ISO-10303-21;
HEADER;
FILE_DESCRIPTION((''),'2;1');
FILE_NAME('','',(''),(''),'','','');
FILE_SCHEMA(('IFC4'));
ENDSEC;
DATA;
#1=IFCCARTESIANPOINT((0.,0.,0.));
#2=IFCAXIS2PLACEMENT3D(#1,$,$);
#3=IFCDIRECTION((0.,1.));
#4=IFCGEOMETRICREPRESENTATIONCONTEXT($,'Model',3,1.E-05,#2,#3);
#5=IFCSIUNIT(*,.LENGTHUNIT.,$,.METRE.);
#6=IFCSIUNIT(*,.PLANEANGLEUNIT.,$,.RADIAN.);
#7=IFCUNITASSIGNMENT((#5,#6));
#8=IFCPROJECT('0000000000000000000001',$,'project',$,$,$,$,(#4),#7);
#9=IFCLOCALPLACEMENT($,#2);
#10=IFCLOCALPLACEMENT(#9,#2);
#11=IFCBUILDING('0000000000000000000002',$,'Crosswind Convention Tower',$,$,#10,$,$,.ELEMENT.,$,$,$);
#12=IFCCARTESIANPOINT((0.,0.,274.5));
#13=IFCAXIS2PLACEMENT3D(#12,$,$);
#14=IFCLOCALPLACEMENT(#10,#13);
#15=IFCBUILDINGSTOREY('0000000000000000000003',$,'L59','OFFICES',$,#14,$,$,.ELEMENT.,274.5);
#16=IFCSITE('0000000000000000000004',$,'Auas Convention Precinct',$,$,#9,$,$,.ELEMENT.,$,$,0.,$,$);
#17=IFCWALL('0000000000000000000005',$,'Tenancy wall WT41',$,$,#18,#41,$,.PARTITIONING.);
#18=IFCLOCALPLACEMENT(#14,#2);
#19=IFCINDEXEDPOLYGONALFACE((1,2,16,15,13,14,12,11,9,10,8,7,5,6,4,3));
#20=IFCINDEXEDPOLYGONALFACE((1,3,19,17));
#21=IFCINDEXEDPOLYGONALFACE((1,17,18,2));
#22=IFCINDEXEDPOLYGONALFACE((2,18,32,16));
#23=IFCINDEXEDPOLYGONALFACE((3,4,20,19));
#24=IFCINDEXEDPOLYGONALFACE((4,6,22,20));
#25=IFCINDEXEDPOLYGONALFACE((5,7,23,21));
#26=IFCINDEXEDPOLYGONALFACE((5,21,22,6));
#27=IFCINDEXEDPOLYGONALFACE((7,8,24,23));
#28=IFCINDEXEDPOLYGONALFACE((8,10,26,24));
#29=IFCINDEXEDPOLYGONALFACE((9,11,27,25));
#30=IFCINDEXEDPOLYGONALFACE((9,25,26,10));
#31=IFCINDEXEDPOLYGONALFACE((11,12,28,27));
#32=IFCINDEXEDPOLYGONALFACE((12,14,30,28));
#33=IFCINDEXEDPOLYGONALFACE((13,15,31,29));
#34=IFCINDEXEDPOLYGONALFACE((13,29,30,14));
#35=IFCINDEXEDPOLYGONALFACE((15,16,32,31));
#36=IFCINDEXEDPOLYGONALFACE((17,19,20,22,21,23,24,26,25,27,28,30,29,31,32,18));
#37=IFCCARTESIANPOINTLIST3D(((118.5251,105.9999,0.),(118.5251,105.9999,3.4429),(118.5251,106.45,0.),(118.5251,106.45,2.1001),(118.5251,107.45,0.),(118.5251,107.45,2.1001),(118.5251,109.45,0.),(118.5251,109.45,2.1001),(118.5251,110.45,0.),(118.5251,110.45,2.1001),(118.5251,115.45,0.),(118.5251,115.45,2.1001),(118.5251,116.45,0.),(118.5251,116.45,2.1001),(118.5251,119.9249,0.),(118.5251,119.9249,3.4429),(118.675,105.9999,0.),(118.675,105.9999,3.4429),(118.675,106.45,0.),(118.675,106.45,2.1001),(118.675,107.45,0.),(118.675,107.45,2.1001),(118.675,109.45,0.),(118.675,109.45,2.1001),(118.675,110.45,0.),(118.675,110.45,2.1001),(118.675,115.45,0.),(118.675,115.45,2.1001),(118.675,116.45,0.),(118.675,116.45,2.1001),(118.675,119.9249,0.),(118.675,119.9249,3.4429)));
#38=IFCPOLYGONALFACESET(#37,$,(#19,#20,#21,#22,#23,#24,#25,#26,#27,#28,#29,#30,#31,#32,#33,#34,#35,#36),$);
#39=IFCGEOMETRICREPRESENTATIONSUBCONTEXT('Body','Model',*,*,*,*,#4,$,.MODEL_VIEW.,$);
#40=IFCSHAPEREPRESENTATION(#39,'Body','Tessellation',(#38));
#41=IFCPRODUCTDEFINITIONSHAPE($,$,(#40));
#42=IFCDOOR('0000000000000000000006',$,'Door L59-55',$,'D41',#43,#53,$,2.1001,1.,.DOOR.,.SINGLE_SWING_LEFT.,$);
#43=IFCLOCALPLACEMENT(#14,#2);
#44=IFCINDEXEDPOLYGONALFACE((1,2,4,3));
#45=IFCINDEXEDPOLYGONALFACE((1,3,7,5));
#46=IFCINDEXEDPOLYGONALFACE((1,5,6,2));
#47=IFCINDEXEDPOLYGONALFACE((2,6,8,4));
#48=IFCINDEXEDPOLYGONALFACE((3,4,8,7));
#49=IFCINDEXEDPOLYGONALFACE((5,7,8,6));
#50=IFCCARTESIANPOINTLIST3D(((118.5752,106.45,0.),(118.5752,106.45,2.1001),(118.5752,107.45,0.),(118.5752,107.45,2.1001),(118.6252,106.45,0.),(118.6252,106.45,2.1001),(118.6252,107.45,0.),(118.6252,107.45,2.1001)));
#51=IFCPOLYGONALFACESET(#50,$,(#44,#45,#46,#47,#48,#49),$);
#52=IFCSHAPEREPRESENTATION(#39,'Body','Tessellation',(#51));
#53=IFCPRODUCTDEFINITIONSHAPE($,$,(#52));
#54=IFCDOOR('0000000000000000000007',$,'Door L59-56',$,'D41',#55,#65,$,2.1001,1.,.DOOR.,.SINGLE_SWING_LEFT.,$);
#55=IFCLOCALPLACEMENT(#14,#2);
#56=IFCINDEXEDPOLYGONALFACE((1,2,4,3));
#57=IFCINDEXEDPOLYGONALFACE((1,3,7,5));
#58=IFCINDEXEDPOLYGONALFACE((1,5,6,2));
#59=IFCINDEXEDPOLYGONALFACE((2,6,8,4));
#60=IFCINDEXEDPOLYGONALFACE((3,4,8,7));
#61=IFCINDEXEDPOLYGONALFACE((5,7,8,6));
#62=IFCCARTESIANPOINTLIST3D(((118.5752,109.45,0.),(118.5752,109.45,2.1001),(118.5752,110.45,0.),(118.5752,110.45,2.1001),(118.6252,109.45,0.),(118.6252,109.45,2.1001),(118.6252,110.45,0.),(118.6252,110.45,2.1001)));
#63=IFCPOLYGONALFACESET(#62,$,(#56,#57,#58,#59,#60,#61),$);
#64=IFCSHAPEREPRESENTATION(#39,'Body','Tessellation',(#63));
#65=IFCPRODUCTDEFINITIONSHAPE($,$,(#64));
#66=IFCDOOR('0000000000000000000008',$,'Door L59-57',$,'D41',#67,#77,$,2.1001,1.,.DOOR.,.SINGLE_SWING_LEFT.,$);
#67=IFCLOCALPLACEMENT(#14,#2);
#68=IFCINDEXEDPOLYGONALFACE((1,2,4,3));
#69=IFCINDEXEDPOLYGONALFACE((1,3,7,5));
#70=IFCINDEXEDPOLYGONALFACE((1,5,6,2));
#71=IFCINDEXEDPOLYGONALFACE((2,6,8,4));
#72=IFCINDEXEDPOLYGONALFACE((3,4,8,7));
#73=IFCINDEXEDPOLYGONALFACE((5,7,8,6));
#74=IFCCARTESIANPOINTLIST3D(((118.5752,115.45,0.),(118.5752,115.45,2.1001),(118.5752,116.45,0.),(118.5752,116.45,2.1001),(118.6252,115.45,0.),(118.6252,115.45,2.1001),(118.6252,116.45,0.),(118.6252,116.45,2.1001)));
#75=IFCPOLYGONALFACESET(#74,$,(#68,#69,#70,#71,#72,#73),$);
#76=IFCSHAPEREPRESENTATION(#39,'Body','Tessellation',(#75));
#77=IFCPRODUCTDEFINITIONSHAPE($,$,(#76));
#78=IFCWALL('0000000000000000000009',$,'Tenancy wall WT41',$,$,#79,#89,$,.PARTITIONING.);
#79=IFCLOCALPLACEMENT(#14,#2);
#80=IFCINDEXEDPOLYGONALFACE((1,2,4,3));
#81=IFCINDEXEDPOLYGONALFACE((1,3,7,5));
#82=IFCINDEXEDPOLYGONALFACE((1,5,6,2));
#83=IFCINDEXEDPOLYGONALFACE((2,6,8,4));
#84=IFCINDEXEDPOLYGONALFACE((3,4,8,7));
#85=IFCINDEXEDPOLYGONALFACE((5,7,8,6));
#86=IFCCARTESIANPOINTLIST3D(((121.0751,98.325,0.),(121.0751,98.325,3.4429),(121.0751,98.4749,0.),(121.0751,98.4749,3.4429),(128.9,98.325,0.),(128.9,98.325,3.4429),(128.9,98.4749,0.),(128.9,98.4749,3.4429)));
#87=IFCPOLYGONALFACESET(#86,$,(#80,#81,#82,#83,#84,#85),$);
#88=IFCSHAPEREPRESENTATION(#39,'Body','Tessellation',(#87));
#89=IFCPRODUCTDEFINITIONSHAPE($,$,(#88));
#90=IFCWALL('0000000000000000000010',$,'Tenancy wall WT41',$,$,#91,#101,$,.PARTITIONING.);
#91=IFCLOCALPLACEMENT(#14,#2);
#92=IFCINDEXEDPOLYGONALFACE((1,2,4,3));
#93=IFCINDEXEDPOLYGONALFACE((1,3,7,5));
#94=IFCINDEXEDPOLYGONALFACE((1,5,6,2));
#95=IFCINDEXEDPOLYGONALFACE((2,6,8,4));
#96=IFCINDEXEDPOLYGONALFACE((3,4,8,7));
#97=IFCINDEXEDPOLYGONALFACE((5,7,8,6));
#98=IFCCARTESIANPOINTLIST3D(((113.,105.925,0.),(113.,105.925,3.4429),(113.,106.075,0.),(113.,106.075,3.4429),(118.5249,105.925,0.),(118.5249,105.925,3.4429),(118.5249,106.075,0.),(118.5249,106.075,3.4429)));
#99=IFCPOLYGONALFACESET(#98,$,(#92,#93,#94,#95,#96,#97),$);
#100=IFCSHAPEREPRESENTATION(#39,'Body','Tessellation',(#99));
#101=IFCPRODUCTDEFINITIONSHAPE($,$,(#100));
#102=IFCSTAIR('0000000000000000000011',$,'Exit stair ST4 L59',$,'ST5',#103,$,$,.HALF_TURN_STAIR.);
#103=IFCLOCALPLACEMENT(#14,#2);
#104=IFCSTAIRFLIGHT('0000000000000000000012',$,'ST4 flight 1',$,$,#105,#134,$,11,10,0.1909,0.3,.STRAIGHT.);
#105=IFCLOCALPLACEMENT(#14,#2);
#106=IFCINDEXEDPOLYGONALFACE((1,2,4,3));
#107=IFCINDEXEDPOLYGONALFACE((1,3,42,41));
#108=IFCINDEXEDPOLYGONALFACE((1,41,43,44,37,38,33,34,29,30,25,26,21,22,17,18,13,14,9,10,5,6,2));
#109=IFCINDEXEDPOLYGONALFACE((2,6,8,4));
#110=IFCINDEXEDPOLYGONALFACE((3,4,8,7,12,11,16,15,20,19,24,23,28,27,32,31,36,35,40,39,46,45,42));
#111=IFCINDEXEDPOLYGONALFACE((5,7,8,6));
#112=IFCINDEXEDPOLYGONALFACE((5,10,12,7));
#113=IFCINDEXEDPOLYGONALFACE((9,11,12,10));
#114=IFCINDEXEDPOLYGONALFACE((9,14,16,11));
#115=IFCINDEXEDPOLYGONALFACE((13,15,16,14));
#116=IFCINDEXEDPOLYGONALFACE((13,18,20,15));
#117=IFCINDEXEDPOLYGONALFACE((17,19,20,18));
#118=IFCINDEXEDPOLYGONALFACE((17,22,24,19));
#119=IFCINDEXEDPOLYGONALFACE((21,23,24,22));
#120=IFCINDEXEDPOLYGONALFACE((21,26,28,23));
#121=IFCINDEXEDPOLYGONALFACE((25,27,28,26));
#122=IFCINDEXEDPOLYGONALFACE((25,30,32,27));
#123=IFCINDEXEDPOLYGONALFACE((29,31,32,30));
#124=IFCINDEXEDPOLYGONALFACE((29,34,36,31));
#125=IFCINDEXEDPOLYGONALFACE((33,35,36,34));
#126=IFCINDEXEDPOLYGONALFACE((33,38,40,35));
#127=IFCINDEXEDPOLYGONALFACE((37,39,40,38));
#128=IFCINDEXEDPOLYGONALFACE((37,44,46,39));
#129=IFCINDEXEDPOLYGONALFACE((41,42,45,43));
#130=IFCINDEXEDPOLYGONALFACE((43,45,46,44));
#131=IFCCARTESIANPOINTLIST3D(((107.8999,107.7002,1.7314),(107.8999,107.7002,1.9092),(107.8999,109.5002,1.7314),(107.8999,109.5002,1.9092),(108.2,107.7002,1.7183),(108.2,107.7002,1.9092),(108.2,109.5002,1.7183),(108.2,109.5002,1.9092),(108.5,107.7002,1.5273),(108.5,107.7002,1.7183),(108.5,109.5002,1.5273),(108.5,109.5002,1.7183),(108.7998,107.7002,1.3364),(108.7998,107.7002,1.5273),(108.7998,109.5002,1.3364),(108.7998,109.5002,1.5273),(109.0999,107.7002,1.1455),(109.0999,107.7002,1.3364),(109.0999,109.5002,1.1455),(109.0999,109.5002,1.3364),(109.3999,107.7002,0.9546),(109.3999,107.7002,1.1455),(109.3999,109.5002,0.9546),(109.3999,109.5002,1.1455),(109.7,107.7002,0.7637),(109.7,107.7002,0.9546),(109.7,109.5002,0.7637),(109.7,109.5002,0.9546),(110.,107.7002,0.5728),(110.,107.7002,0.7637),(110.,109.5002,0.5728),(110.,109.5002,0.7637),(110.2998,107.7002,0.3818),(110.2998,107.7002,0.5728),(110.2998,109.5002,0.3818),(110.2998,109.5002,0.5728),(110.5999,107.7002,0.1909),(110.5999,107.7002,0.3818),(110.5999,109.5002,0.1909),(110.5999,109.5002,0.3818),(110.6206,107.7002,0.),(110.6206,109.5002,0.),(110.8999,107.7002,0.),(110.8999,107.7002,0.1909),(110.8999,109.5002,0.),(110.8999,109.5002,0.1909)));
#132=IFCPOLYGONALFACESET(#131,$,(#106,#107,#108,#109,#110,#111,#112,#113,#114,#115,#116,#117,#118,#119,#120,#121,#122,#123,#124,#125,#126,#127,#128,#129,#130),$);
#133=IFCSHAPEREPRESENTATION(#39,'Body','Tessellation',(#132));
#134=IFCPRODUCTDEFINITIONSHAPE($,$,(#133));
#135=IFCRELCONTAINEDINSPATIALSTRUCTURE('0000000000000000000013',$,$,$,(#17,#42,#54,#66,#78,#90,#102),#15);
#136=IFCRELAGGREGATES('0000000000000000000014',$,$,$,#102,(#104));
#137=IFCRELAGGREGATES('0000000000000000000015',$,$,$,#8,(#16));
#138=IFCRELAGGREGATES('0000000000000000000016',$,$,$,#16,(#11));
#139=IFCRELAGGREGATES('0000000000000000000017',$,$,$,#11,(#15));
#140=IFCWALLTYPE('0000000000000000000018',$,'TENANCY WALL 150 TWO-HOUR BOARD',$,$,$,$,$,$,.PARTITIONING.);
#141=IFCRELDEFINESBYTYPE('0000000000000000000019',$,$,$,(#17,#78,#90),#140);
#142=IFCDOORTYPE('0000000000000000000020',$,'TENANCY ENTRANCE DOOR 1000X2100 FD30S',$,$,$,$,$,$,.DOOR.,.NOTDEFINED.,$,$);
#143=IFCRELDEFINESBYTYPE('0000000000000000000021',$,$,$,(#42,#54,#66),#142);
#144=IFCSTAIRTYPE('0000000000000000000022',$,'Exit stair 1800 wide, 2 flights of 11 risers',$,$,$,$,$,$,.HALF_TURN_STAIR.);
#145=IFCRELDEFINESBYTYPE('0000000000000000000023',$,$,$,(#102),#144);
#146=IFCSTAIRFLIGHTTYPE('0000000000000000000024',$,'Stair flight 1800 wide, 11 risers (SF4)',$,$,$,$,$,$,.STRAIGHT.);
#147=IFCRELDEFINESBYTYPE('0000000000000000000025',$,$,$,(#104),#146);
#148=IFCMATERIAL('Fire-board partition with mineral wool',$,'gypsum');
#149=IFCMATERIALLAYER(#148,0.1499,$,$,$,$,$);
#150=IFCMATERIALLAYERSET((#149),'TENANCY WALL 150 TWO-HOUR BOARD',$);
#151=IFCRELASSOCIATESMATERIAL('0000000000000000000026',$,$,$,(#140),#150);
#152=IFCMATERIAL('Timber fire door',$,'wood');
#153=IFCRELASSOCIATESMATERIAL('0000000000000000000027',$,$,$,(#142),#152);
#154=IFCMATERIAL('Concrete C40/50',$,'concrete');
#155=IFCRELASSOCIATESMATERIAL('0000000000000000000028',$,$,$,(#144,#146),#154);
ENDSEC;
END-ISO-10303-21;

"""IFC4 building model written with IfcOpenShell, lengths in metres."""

from ifc_helpers import new_model, si_unit, direction, frame, frame_2d, origin, place, context, subcontext, project, spatial, polyline, rectangle, outline, extrude, material, layer, layer_set, type_object, element, fill, aggregate, save


model = new_model("IFC4")

# Units and contexts
model_context = context("Model", 3, precision=1e-05, world=origin(), true_north=direction((0.0, 1.0)))
body_context = subcontext(model_context, "Body", "Model", "MODEL_VIEW")
ifc_project = project(units=[si_unit("LENGTHUNIT", "METRE"), si_unit("PLANEANGLEUNIT", "RADIAN")], contexts=[model_context])

# Site, building, storey
site_placement = place(None, origin())
site = spatial("IfcSite", under=ifc_project, at=site_placement, Name="Auas Convention Precinct", CompositionType="ELEMENT", RefElevation=0.0)
building_placement = place(site_placement, origin())
building = spatial("IfcBuilding", under=site, at=building_placement, Name="Crosswind Convention Tower", CompositionType="ELEMENT")
storey_placement = place(building_placement, frame((0.0, 0.0, 274.5)))
storey = spatial("IfcBuildingStorey", under=building, at=storey_placement, Name="L59", Description="OFFICES", CompositionType="ELEMENT", Elevation=274.5)

# Wall, openings, doors
ifc_material_1 = material(Name="Fire-board partition with mineral wool", Category="gypsum")
ifc_layer_1 = layer(ifc_material_1, 0.1499)
ifc_layer_set_1 = layer_set([ifc_layer_1], Name="TENANCY WALL 150 TWO-HOUR BOARD")
wall_type_1 = type_object("IfcWallType", Name="TENANCY WALL 150 TWO-HOUR BOARD", PredefinedType="PARTITIONING", material=ifc_layer_set_1)
wall_1_placement = place(storey_placement, frame((118.6001, 106.0, 0.0), z_axis=(0.0, 0.0, 1.0), x_axis=(0.0, 1.0, 0.0)))
wall_1 = element("IfcWall", 1, at=wall_1_placement, inside=storey, type_object=wall_type_1, Name="Tenancy wall WT41", PredefinedType="PARTITIONING", context=body_context, shape_type="SweptSolid", body=[
    extrude(rectangle(XDim=13.925, YDim=0.1499, at=frame_2d((6.9624, 0.0))), origin(), (0.0, 0.0, 1.0), 3.4429),
])
opening_1_placement = place(wall_1_placement, frame((0.45, 0.0, 0.0)))
opening_1 = element("IfcOpeningElement", 2, at=opening_1_placement, cuts=wall_1, PredefinedType="OPENING", context=body_context, shape_type="SweptSolid", body=[
    extrude(rectangle(XDim=1.0, YDim=2.1001, at=frame_2d((0.5, 1.05))), frame((0.0, 0.085, 0.0), z_axis=(0.0, -1.0, 0.0), x_axis=(1.0, 0.0, 0.0)), (0.0, 0.0, 1.0), 0.1699),
])
opening_2_placement = place(wall_1_placement, frame((3.45, 0.0, 0.0)))
opening_2 = element("IfcOpeningElement", 3, at=opening_2_placement, cuts=wall_1, PredefinedType="OPENING", context=body_context, shape_type="SweptSolid", body=[
    extrude(rectangle(XDim=1.0, YDim=2.1001, at=frame_2d((0.5, 1.05))), frame((0.0, 0.085, 0.0), z_axis=(0.0, -1.0, 0.0), x_axis=(1.0, 0.0, 0.0)), (0.0, 0.0, 1.0), 0.1699),
])
opening_3_placement = place(wall_1_placement, frame((9.45, 0.0, 0.0)))
opening_3 = element("IfcOpeningElement", 4, at=opening_3_placement, cuts=wall_1, PredefinedType="OPENING", context=body_context, shape_type="SweptSolid", body=[
    extrude(rectangle(XDim=1.0, YDim=2.1001, at=frame_2d((0.5, 1.05))), frame((0.0, 0.085, 0.0), z_axis=(0.0, -1.0, 0.0), x_axis=(1.0, 0.0, 0.0)), (0.0, 0.0, 1.0), 0.1699),
])
ifc_material_2 = material(Name="Timber fire door", Category="wood")
door_type_1 = type_object("IfcDoorType", Name="TENANCY ENTRANCE DOOR 1000X2100 FD30S", OperationType="NOTDEFINED", PredefinedType="DOOR", material=ifc_material_2)
door_1_placement = place(opening_1_placement, origin())
door_1 = element("IfcDoor", 5, at=door_1_placement, inside=storey, type_object=door_type_1, Name="Door L59-55", ObjectType="D41", OperationType="SINGLE_SWING_LEFT", OverallHeight=2.1001, OverallWidth=1.0, PredefinedType="DOOR", context=body_context, shape_type="SweptSolid", body=[
    extrude(rectangle(XDim=1.0, YDim=2.1001, at=frame_2d((0.5, 1.05))), frame((0.0, 0.0249, 0.0), z_axis=(0.0, -1.0, 0.0), x_axis=(1.0, 0.0, 0.0)), (0.0, 0.0, 1.0), 0.05),
])
fill(opening_1, door_1)
door_2_placement = place(opening_2_placement, origin())
door_2 = element("IfcDoor", 6, at=door_2_placement, inside=storey, type_object=door_type_1, Name="Door L59-56", ObjectType="D41", OperationType="SINGLE_SWING_LEFT", OverallHeight=2.1001, OverallWidth=1.0, PredefinedType="DOOR", context=body_context, shape_type="SweptSolid", body=[
    extrude(rectangle(XDim=1.0, YDim=2.1001, at=frame_2d((0.5, 1.05))), frame((0.0, 0.0249, 0.0), z_axis=(0.0, -1.0, 0.0), x_axis=(1.0, 0.0, 0.0)), (0.0, 0.0, 1.0), 0.05),
])
fill(opening_2, door_2)
door_3_placement = place(opening_3_placement, origin())
door_3 = element("IfcDoor", 7, at=door_3_placement, inside=storey, type_object=door_type_1, Name="Door L59-57", ObjectType="D41", OperationType="SINGLE_SWING_LEFT", OverallHeight=2.1001, OverallWidth=1.0, PredefinedType="DOOR", context=body_context, shape_type="SweptSolid", body=[
    extrude(rectangle(XDim=1.0, YDim=2.1001, at=frame_2d((0.5, 1.05))), frame((0.0, 0.0249, 0.0), z_axis=(0.0, -1.0, 0.0), x_axis=(1.0, 0.0, 0.0)), (0.0, 0.0, 1.0), 0.05),
])
fill(opening_3, door_3)

# Walls
wall_2_placement = place(storey_placement, frame((121.075, 98.3999, 0.0), z_axis=(0.0, 0.0, 1.0), x_axis=(1.0, 0.0, 0.0)))
element("IfcWall", 8, at=wall_2_placement, inside=storey, type_object=wall_type_1, Name="Tenancy wall WT41", PredefinedType="PARTITIONING", context=body_context, shape_type="SweptSolid", body=[
    extrude(rectangle(XDim=7.825, YDim=0.1499, at=frame_2d((3.9126, 0.0))), origin(), (0.0, 0.0, 1.0), 3.4429),
])
wall_3_placement = place(storey_placement, frame((113.0, 106.0, 0.0), z_axis=(0.0, 0.0, 1.0), x_axis=(1.0, 0.0, 0.0)))
element("IfcWall", 9, at=wall_3_placement, inside=storey, type_object=wall_type_1, Name="Tenancy wall WT41", PredefinedType="PARTITIONING", context=body_context, shape_type="SweptSolid", body=[
    extrude(rectangle(XDim=5.5249, YDim=0.1499, at=frame_2d((2.7625, 0.0))), origin(), (0.0, 0.0, 1.0), 3.4429),
])

# Stair, stair flight
ifc_material_3 = material(Name="Concrete C40/50", Category="concrete")
stair_type = type_object("IfcStairType", Name="Exit stair 1800 wide, 2 flights of 11 risers", PredefinedType="HALF_TURN_STAIR", material=ifc_material_3)
stair_placement = place(storey_placement, origin())
stair = element("IfcStair", 10, at=stair_placement, inside=storey, type_object=stair_type, Name="Exit stair ST4 L59", ObjectType="ST5", PredefinedType="HALF_TURN_STAIR")
stair_flight_type = type_object("IfcStairFlightType", Name="Stair flight 1800 wide, 11 risers (SF4)", PredefinedType="STRAIGHT", material=ifc_material_3)
stair_flight_placement = place(storey_placement, frame((110.8999, 108.6001, 0.0), z_axis=(0.0, 0.0, 1.0), x_axis=(-1.0, 0.0, 0.0)))
stair_flight = element("IfcStairFlight", 11, at=stair_flight_placement, type_object=stair_flight_type, Name="ST4 flight 1", NumberOfRisers=11, NumberOfTreads=10, PredefinedType="STRAIGHT", RiserHeight=0.1909, TreadLength=0.3, context=body_context, shape_type="SweptSolid", body=[
    extrude(outline(polyline([(0.0, 0.0), (0.0, 0.1909), (0.3, 0.1909), (0.3, 0.3818), (0.6001, 0.3818), (0.6001, 0.5728), (0.8999, 0.5728), (0.8999, 0.7637), (1.2, 0.7637), (1.2, 0.9546), (1.5, 0.9546), (1.5, 1.1455), (1.8, 1.1455), (1.8, 1.3364), (2.1001, 1.3364), (2.1001, 1.5273), (2.3999, 1.5273), (2.3999, 1.7183), (2.7, 1.7183), (2.7, 1.9092), (3.0, 1.9092), (3.0, 2.1001), (3.0, 1.7314), (0.2793, 0.0), (0.0, 0.0)])), frame((0.0, 0.8999, 0.0), z_axis=(0.0, -1.0, 0.0), x_axis=(1.0, 0.0, 0.0)), (0.0, 0.0, 1.0), 1.8),
])
aggregate(stair, [stair_flight])

save(model, "model.ifc")
